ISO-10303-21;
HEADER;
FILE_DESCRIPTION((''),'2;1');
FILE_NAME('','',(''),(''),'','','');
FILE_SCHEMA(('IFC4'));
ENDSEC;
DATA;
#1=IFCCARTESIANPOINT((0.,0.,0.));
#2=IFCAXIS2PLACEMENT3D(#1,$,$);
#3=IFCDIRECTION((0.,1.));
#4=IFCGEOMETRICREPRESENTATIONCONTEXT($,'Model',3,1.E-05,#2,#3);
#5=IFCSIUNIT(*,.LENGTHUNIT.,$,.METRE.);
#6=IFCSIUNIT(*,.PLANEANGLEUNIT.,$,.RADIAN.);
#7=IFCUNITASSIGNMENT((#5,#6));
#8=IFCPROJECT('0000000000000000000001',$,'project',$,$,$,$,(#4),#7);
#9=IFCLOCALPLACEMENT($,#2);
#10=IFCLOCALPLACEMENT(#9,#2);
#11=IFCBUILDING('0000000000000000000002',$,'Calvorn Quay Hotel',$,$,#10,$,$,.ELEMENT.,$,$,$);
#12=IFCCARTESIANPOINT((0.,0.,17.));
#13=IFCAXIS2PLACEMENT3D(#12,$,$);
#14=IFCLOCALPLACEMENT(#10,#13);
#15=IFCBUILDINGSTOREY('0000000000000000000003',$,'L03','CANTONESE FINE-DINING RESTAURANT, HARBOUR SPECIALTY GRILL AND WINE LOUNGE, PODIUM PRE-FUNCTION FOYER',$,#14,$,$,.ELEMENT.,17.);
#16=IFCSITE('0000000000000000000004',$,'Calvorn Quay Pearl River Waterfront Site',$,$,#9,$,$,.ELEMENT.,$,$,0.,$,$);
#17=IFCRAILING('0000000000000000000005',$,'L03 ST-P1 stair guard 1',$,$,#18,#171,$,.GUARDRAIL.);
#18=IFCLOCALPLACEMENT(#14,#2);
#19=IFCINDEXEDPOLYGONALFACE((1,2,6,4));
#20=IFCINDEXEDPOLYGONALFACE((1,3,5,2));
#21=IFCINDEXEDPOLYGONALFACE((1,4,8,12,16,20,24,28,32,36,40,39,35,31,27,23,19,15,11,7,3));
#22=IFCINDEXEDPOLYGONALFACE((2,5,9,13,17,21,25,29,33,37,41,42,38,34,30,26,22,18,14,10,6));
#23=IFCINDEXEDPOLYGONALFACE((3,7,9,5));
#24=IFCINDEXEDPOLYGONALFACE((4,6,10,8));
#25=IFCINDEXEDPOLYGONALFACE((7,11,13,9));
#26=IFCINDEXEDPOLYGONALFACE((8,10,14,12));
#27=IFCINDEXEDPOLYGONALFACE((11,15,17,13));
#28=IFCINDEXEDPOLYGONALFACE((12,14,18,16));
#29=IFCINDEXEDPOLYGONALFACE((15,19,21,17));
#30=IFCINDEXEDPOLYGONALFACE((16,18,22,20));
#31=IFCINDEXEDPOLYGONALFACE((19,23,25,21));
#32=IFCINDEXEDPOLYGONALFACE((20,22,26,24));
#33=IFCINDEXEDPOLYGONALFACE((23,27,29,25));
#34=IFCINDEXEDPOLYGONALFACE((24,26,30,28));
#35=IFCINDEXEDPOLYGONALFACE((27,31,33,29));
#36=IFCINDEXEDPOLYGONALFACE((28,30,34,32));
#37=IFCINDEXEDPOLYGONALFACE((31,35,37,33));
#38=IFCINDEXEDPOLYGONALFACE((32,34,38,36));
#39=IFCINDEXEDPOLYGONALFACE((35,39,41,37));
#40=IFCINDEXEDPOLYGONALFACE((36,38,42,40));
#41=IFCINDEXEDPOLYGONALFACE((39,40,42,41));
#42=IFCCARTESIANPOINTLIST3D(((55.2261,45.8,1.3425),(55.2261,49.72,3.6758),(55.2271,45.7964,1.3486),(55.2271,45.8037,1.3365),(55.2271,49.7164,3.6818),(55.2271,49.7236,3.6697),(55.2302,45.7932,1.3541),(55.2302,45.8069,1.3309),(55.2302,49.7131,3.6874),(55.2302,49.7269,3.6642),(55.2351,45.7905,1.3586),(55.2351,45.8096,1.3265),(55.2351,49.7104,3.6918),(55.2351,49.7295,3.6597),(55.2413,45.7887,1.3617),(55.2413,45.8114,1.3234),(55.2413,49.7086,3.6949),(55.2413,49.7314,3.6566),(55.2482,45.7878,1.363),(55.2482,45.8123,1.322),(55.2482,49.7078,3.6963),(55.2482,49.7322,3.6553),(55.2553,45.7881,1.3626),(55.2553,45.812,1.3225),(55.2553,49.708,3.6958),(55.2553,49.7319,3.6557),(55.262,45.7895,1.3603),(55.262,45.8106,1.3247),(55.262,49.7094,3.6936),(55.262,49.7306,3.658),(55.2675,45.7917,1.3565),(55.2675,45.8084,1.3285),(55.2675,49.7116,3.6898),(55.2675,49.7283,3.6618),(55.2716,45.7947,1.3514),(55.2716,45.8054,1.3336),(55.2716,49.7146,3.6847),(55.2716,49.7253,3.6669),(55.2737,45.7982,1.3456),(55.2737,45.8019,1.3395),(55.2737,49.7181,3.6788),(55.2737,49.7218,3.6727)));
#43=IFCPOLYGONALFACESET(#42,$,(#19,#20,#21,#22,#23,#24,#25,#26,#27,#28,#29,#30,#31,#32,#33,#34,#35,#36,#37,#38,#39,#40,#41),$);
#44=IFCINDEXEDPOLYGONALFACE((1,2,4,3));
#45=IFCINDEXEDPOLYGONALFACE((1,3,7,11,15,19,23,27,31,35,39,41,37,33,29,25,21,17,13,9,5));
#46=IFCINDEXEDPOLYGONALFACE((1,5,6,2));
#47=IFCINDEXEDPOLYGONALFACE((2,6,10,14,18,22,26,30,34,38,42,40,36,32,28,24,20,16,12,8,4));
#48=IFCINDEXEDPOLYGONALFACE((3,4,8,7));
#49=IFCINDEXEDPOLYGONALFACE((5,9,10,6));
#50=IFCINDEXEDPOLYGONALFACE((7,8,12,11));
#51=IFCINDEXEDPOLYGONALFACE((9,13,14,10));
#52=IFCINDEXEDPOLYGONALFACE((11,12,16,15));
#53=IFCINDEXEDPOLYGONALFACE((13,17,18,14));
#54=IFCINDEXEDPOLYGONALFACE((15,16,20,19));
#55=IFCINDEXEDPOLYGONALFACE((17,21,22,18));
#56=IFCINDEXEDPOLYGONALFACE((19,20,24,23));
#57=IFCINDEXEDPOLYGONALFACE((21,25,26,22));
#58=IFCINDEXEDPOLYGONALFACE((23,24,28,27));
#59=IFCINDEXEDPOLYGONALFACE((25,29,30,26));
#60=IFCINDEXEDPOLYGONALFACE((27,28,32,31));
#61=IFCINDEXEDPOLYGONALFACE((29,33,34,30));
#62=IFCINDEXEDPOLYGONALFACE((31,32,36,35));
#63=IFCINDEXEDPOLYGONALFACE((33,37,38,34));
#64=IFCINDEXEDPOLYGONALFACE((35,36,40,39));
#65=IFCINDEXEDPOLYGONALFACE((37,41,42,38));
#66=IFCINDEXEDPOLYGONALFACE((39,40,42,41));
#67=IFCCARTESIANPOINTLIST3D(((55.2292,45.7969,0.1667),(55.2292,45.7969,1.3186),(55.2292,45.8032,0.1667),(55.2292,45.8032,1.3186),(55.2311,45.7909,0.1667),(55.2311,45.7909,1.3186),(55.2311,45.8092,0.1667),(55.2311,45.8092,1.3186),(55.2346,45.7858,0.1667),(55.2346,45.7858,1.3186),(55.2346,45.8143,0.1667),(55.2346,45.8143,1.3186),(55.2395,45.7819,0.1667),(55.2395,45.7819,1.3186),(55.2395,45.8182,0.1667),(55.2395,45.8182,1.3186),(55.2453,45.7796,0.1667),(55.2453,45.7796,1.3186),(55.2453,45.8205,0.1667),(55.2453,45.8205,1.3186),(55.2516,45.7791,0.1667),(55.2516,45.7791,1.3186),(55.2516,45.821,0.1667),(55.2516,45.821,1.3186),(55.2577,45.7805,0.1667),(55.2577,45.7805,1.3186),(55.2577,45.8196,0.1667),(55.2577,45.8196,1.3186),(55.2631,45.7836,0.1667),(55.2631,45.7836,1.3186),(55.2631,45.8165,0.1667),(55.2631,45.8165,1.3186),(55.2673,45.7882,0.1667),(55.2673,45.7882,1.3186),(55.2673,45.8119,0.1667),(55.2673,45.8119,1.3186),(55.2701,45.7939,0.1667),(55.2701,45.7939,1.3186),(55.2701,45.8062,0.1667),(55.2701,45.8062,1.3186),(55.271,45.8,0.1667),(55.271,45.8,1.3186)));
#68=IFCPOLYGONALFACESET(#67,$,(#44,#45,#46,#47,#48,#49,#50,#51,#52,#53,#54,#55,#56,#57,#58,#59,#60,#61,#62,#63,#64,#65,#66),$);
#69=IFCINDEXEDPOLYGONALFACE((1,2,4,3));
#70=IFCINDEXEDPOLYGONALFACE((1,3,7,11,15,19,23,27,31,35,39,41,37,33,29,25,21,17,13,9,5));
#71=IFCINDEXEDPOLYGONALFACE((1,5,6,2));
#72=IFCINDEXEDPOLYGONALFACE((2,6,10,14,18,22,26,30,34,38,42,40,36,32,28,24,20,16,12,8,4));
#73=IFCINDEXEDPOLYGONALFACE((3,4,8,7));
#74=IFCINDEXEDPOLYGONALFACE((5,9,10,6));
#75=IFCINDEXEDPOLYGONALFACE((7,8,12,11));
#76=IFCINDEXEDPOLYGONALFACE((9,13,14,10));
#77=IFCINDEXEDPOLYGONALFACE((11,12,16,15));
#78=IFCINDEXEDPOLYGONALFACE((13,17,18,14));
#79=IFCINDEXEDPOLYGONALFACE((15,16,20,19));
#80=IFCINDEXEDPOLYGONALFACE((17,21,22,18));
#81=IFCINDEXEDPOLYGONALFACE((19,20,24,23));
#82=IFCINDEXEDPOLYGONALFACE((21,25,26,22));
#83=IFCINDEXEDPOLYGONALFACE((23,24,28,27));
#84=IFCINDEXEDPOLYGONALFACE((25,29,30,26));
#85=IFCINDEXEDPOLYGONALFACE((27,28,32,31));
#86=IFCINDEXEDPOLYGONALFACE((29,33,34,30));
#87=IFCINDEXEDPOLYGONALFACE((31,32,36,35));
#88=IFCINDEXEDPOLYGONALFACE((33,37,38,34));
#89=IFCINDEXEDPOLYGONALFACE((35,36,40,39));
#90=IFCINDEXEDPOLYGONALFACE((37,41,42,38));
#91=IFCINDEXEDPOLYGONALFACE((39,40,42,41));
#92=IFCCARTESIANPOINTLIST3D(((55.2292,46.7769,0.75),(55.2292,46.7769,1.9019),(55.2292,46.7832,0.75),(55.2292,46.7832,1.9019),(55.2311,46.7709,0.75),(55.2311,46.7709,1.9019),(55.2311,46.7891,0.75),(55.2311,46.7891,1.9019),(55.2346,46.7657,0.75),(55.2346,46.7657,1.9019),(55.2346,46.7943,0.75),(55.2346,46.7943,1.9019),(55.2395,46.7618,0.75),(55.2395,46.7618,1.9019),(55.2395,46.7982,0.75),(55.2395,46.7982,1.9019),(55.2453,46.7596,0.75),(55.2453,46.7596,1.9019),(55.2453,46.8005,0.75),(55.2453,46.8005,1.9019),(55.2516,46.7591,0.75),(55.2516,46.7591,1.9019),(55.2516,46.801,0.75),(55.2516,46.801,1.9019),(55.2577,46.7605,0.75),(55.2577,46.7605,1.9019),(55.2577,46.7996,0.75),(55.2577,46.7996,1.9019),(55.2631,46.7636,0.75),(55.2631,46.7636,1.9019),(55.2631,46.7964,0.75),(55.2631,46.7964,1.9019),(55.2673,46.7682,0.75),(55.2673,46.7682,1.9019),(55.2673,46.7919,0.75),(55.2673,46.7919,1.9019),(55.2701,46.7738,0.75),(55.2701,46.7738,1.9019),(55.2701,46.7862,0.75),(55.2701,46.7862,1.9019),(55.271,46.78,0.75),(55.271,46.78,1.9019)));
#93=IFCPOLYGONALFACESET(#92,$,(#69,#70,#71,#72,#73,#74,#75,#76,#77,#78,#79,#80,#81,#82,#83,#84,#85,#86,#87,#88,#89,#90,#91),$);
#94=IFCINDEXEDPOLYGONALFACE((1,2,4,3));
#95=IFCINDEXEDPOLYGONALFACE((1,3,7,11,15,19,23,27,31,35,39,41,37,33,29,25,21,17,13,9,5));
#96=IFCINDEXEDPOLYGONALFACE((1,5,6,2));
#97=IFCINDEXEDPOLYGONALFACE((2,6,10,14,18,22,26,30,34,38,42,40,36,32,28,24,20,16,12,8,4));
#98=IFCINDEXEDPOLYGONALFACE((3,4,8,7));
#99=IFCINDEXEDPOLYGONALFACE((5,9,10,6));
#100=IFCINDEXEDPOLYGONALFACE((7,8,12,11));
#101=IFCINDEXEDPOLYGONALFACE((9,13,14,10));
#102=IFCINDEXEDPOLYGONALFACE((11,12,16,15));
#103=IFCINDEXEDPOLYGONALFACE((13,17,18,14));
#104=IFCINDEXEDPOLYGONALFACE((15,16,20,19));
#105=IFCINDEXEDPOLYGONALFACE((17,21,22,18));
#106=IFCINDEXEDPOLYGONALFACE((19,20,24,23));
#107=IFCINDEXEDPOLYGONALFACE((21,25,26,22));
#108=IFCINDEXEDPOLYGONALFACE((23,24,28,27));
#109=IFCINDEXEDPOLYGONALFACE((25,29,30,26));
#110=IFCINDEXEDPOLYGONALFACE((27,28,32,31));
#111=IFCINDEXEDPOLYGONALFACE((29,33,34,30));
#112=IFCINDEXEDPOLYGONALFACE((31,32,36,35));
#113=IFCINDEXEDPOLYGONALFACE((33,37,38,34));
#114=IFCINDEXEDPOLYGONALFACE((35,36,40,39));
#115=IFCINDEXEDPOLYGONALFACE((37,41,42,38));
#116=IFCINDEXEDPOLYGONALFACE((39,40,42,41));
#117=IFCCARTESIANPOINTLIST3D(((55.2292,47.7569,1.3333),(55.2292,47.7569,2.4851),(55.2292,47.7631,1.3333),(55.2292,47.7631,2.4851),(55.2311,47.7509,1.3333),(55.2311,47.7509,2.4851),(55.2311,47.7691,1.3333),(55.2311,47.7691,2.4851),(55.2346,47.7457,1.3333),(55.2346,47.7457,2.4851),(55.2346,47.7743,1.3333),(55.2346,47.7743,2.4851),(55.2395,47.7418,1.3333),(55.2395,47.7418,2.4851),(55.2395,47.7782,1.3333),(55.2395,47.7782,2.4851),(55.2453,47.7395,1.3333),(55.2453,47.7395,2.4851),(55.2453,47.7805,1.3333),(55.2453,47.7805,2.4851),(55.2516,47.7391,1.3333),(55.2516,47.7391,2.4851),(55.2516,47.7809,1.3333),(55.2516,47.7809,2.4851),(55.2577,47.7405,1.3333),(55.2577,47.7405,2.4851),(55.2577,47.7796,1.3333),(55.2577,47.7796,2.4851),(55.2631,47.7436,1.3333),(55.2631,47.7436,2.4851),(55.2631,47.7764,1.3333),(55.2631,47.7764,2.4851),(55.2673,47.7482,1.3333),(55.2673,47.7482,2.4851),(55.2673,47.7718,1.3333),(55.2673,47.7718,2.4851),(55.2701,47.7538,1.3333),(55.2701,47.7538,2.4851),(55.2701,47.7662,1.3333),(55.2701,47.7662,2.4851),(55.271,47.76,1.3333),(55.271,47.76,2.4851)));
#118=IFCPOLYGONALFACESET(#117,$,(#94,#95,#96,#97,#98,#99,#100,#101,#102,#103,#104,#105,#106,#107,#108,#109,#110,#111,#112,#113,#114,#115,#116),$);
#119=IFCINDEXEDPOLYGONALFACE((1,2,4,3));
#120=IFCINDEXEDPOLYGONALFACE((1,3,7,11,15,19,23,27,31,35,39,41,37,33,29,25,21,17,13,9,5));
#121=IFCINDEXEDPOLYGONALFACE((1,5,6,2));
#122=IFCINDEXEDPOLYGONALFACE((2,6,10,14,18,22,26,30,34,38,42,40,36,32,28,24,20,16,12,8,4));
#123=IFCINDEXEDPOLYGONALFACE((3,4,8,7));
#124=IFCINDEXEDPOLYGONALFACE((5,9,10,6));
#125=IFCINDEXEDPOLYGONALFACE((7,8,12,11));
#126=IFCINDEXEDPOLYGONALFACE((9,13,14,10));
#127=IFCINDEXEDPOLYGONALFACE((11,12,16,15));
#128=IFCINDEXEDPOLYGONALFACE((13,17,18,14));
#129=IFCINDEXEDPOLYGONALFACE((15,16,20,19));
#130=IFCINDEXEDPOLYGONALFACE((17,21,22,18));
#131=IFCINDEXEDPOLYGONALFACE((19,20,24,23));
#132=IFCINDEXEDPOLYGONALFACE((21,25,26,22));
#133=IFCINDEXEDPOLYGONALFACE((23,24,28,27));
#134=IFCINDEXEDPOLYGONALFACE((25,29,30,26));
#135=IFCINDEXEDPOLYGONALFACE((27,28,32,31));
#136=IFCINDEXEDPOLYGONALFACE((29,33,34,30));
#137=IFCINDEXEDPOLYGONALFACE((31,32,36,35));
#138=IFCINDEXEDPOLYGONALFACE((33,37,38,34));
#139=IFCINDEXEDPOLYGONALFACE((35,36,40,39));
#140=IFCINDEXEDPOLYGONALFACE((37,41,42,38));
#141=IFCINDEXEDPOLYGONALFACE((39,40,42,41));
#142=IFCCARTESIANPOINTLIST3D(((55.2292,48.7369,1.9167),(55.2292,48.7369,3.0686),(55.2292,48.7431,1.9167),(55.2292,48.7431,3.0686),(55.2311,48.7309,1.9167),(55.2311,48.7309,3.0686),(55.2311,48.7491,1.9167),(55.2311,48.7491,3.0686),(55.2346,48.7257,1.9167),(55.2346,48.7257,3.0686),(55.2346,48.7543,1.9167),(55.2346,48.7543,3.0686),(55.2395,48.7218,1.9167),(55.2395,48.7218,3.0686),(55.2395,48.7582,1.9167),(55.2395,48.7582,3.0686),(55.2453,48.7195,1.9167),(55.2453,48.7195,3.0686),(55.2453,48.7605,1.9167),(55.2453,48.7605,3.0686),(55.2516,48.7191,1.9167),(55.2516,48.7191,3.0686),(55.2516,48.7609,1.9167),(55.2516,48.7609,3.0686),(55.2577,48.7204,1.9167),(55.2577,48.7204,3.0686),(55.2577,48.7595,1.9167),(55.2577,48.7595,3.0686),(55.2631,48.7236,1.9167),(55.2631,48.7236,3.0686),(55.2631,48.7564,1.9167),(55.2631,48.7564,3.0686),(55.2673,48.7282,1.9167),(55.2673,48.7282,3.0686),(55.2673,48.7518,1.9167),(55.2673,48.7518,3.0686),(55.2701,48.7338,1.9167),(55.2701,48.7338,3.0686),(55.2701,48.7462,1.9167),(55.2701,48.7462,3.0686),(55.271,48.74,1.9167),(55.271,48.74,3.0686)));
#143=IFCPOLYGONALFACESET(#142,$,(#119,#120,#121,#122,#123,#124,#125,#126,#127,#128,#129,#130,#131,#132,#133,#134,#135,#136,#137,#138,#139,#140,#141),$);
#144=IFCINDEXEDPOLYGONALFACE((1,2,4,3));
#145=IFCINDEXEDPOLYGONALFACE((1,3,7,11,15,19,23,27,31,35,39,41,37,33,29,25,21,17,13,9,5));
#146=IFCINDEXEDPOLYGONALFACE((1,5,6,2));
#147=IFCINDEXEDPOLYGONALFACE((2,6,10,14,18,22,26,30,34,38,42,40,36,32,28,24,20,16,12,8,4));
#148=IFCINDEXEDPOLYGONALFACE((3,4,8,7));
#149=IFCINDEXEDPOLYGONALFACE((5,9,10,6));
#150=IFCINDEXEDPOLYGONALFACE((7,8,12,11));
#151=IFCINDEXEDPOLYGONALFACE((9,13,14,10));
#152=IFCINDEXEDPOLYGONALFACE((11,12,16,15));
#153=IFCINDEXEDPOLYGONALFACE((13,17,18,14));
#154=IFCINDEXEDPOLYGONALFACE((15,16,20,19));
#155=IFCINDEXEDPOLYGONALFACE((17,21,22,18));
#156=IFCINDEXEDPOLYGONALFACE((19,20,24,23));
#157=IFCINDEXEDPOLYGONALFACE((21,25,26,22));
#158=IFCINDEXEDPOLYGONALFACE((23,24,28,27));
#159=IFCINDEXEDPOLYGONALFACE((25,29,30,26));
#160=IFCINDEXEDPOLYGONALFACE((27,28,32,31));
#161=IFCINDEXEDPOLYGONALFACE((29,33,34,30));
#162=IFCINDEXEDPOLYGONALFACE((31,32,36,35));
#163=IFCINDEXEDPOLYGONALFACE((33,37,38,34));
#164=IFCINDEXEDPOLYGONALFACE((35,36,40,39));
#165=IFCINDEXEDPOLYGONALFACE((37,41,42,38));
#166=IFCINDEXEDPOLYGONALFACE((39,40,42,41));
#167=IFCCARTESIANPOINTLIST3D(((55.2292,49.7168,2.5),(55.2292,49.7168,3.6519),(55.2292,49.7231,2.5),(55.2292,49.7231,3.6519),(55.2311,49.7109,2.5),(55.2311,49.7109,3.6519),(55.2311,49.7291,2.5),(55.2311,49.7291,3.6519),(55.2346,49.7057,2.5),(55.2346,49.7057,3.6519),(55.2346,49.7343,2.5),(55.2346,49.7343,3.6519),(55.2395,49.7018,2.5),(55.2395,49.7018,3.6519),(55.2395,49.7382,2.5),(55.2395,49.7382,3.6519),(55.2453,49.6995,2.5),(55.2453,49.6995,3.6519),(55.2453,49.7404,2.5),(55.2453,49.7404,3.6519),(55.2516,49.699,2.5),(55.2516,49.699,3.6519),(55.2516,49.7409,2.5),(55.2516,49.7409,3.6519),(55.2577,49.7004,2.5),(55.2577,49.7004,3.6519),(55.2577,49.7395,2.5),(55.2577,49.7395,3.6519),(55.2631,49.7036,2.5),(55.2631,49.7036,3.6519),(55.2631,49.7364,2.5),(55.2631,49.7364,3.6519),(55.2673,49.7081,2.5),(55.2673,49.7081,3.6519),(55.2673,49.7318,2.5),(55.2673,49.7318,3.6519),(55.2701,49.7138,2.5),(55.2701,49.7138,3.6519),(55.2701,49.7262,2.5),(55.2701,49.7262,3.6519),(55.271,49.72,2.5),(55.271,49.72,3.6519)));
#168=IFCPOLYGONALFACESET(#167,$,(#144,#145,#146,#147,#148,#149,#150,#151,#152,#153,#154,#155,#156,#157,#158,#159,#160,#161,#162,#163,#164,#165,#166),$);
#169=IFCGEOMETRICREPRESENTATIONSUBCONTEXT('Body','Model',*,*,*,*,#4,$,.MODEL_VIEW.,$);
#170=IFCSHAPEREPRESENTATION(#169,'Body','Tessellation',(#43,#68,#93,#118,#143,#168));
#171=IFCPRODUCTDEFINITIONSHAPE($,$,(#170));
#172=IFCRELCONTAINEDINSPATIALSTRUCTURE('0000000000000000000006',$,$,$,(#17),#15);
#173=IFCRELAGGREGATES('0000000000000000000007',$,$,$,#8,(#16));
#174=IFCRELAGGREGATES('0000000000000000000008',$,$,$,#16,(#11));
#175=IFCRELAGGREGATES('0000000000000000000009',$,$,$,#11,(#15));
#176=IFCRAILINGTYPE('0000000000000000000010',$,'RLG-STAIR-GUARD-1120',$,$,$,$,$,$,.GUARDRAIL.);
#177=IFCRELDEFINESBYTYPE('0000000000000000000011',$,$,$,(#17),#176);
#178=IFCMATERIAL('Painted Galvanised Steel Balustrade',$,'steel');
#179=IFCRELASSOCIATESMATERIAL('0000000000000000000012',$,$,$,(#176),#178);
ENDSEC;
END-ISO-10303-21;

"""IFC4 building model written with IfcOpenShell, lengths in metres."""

from ifc_helpers import new_model, si_unit, direction, frame, origin, origin_2d, place, context, subcontext, project, spatial, circle, extrude, material, type_object, element, save


model = new_model("IFC4")

# Units and contexts
model_context = context("Model", 3, precision=1e-05, world=origin(), true_north=direction((0.0, 1.0)))
body_context = subcontext(model_context, "Body", "Model", "MODEL_VIEW")
ifc_project = project(units=[si_unit("LENGTHUNIT", "METRE"), si_unit("PLANEANGLEUNIT", "RADIAN")], contexts=[model_context])

# Site, building, storey
site_placement = place(None, origin())
site = spatial("IfcSite", under=ifc_project, at=site_placement, Name="Calvorn Quay Pearl River Waterfront Site", CompositionType="ELEMENT", RefElevation=0.0)
building_placement = place(site_placement, origin())
building = spatial("IfcBuilding", under=site, at=building_placement, Name="Calvorn Quay Hotel", CompositionType="ELEMENT")
storey_placement = place(building_placement, frame((0.0, 0.0, 17.0)))
storey = spatial("IfcBuildingStorey", under=building, at=storey_placement, Name="L03", Description="CANTONESE FINE-DINING RESTAURANT, HARBOUR SPECIALTY GRILL AND WINE LOUNGE, PODIUM PRE-FUNCTION FOYER", CompositionType="ELEMENT", Elevation=17.0)

# Railing
ifc_material_1 = material(Name="Painted Galvanised Steel Balustrade", Category="steel")
railing_type_1 = type_object("IfcRailingType", Name="RLG-STAIR-GUARD-1120", PredefinedType="GUARDRAIL", material=ifc_material_1)
railing_1_placement = place(storey_placement, frame((55.25, 45.8, 0.1667)))
element("IfcRailing", 1, at=railing_1_placement, inside=storey, type_object=railing_type_1, Name="L03 ST-P1 stair guard 1", PredefinedType="GUARDRAIL", context=body_context, shape_type="SweptSolid", body=[
    extrude(circle(Radius=0.0239, at=origin_2d()), frame((0.0, 0.0, 1.1758), z_axis=(0.0, 0.859296, 0.511478), x_axis=(-1.0, 0.0, 0.0)), (0.0, 0.0, 1.0), 4.5618),
    extrude(circle(Radius=0.021, at=origin_2d()), origin(), (0.0, 0.0, 1.0), 1.1519),
    extrude(circle(Radius=0.021, at=origin_2d()), frame((0.0, 0.98, 0.5833)), (0.0, 0.0, 1.0), 1.1519),
    extrude(circle(Radius=0.021, at=origin_2d()), frame((0.0, 1.96, 1.1665)), (0.0, 0.0, 1.0), 1.1519),
    extrude(circle(Radius=0.021, at=origin_2d()), frame((0.0, 2.9399, 1.75)), (0.0, 0.0, 1.0), 1.1519),
    extrude(circle(Radius=0.021, at=origin_2d()), frame((0.0, 3.9199, 2.3333)), (0.0, 0.0, 1.0), 1.1519),
])

save(model, "model.ifc")
